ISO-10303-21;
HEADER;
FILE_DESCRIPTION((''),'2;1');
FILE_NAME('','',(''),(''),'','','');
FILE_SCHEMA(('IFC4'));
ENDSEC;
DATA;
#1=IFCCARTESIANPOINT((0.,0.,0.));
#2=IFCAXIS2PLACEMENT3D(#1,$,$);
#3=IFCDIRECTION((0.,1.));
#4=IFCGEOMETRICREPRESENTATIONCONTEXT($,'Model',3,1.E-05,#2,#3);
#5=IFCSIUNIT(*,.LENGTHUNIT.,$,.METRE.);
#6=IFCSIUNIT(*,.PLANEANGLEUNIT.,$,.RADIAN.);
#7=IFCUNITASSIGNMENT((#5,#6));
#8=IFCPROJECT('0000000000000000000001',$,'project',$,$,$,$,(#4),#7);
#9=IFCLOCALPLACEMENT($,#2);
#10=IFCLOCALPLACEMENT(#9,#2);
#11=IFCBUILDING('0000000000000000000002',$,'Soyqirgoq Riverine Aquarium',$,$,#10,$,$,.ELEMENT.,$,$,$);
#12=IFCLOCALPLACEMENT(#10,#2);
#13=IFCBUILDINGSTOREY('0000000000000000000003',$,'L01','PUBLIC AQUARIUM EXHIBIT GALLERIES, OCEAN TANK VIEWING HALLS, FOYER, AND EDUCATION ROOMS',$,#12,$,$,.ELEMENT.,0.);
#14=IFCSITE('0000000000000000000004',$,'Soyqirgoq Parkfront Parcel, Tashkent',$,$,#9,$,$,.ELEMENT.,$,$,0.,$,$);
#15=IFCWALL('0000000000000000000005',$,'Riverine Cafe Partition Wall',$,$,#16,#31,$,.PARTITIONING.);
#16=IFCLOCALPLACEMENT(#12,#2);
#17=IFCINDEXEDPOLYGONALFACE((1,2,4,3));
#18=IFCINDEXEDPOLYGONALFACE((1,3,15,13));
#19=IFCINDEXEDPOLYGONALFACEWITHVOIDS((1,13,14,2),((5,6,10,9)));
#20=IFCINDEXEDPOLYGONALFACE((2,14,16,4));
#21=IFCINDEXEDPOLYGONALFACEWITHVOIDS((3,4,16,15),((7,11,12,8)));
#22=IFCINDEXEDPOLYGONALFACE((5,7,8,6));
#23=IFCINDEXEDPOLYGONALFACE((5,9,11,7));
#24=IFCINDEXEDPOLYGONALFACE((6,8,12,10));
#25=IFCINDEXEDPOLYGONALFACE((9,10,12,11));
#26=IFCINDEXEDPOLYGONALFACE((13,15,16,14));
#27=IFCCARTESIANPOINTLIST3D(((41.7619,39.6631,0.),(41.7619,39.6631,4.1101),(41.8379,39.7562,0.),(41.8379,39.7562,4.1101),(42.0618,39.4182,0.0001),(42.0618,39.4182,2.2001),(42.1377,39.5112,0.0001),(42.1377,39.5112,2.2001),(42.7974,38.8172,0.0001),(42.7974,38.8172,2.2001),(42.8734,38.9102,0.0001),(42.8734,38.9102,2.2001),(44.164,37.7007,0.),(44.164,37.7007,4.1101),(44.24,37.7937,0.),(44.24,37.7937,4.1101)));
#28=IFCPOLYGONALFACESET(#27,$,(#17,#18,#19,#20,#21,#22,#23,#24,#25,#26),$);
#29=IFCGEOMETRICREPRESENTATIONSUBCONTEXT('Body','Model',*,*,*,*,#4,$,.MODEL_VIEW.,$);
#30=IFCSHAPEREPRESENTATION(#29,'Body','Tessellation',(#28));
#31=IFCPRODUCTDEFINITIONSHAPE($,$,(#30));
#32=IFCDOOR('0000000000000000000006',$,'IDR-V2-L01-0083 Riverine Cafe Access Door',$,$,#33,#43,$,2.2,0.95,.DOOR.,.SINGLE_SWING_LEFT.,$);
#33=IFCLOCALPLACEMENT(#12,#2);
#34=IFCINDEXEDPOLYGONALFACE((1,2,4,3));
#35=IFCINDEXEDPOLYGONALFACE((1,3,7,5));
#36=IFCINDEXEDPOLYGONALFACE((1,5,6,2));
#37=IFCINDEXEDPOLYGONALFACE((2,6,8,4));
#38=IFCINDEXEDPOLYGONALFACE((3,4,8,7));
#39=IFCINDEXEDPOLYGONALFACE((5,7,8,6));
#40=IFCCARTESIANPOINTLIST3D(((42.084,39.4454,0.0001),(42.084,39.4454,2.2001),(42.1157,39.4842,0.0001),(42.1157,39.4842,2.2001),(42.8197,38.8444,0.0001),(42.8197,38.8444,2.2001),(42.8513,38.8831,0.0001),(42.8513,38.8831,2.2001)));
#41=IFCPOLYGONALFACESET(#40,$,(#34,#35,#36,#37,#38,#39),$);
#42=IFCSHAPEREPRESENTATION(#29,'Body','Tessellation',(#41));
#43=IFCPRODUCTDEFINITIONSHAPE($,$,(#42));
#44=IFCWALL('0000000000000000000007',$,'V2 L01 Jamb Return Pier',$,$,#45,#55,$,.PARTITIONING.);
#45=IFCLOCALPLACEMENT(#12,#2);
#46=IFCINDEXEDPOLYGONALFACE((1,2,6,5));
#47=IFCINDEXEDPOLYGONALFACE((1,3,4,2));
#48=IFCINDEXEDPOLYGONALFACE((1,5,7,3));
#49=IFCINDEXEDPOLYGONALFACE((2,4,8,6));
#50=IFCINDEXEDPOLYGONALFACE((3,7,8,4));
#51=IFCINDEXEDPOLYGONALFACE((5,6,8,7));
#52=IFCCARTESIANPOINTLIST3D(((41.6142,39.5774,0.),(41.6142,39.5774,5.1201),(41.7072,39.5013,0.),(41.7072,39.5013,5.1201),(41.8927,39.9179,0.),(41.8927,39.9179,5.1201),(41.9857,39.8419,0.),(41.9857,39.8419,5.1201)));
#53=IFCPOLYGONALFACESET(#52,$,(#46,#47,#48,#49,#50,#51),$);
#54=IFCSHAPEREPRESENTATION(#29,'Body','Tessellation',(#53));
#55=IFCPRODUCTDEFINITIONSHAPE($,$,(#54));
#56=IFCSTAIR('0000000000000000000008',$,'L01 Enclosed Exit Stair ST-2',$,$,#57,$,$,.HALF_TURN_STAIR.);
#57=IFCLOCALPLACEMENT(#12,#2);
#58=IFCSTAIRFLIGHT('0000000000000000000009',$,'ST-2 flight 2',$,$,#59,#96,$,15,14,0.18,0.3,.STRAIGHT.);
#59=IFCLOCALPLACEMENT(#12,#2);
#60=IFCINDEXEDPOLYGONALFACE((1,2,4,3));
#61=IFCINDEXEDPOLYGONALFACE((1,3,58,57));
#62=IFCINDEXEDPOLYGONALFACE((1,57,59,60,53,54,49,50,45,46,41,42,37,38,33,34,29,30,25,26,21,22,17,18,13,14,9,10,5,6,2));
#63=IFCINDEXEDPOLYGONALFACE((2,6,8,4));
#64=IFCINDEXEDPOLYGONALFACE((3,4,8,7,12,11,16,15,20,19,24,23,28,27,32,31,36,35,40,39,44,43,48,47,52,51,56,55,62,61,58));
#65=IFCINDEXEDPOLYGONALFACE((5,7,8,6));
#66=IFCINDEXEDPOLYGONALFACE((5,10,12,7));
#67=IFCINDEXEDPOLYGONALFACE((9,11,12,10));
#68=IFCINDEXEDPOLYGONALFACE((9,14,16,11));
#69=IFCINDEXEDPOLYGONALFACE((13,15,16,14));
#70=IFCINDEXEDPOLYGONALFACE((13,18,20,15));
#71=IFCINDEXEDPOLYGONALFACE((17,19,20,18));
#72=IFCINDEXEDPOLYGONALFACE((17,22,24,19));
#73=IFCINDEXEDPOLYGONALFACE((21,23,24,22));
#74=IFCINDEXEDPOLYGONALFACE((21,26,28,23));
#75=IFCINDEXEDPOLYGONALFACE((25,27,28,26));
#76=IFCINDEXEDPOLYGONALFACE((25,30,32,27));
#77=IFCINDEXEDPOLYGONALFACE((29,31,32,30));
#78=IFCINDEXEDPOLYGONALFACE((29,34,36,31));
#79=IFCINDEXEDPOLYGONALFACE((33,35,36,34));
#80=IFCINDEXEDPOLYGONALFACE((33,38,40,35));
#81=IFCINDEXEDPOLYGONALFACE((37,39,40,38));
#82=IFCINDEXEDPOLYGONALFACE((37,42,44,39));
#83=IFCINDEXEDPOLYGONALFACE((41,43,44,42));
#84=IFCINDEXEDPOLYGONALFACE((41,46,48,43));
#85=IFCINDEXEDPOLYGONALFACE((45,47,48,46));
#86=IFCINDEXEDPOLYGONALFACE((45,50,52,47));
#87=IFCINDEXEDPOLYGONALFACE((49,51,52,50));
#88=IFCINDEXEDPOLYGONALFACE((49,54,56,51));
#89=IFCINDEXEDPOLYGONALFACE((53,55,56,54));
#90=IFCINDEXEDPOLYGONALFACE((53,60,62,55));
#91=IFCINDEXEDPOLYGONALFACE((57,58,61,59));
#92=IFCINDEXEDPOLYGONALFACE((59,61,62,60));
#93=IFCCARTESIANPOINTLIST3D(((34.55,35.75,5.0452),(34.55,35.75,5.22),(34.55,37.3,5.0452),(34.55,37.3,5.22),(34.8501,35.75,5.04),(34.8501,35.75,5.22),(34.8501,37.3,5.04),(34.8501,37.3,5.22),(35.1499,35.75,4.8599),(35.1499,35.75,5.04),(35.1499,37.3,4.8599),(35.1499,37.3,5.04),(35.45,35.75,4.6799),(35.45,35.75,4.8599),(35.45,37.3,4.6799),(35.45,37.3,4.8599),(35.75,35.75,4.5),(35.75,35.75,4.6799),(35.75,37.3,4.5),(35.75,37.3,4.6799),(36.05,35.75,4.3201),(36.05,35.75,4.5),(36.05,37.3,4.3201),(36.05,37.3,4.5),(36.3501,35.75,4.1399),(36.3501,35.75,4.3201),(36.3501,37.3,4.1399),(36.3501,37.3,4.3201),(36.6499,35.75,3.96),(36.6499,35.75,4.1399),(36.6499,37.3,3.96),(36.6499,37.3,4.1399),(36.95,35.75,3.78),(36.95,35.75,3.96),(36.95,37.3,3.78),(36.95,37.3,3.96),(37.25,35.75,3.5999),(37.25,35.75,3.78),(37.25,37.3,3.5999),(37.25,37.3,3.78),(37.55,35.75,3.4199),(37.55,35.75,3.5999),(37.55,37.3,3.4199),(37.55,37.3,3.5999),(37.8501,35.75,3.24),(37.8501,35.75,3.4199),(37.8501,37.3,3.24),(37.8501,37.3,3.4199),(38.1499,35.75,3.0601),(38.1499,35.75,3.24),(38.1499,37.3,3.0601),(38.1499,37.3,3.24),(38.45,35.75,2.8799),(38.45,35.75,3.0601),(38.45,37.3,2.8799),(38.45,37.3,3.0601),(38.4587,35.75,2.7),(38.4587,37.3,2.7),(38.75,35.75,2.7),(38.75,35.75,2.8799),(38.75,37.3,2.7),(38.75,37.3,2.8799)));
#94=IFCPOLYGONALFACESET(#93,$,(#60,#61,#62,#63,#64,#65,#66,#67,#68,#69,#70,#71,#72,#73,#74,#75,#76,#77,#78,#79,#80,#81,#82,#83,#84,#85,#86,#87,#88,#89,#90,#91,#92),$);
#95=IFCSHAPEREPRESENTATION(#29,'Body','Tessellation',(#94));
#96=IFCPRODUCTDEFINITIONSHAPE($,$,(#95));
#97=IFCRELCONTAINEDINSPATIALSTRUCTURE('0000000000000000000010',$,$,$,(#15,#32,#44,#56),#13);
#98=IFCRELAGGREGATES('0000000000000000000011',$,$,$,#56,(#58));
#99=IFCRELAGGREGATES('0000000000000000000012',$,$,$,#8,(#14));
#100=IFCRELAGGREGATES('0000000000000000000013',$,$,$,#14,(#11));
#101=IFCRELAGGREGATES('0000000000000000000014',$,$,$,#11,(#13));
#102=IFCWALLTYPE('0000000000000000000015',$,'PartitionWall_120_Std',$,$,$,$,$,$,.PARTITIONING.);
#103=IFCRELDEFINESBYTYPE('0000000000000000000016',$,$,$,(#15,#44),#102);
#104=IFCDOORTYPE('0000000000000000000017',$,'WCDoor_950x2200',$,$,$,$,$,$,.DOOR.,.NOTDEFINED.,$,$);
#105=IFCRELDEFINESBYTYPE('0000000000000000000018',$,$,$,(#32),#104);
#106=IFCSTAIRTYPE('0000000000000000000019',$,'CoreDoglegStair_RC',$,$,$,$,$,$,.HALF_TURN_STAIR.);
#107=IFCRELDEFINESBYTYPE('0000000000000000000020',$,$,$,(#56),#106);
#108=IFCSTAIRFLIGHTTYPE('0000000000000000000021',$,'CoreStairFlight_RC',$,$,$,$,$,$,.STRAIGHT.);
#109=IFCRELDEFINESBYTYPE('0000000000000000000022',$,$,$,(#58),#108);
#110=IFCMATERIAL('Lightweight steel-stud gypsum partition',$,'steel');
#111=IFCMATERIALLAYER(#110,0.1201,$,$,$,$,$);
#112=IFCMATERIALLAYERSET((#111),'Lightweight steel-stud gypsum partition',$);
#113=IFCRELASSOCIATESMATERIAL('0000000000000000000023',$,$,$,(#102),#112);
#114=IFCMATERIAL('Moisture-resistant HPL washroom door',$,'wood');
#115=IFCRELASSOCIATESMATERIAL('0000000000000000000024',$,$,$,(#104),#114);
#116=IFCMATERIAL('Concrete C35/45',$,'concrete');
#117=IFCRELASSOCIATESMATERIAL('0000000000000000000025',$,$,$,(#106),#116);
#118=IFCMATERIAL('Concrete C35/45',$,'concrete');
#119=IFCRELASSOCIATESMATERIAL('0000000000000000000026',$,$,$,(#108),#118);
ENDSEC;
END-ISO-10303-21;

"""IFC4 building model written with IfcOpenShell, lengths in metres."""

from ifc_helpers import new_model, si_unit, direction, frame, frame_2d, origin, place, context, subcontext, project, spatial, polyline, rectangle, outline, extrude, material, layer, layer_set, type_object, element, fill, aggregate, save


model = new_model("IFC4")

# Units and contexts
model_context = context("Model", 3, precision=1e-05, world=origin(), true_north=direction((0.0, 1.0)))
body_context = subcontext(model_context, "Body", "Model", "MODEL_VIEW")
ifc_project = project(units=[si_unit("LENGTHUNIT", "METRE"), si_unit("PLANEANGLEUNIT", "RADIAN")], contexts=[model_context])

# Site, building, storey
site_placement = place(None, origin())
site = spatial("IfcSite", under=ifc_project, at=site_placement, Name="Soyqirgoq Parkfront Parcel, Tashkent", CompositionType="ELEMENT", RefElevation=0.0)
building_placement = place(site_placement, origin())
building = spatial("IfcBuilding", under=site, at=building_placement, Name="Soyqirgoq Riverine Aquarium", CompositionType="ELEMENT")
storey_placement = place(building_placement, origin())
storey = spatial("IfcBuildingStorey", under=building, at=storey_placement, Name="L01", Description="PUBLIC AQUARIUM EXHIBIT GALLERIES, OCEAN TANK VIEWING HALLS, FOYER, AND EDUCATION ROOMS", CompositionType="ELEMENT", Elevation=0.0)

# Wall, opening, door
ifc_material_1 = material(Name="Lightweight steel-stud gypsum partition", Category="steel")
ifc_layer_1 = layer(ifc_material_1, 0.1201)
ifc_layer_set_1 = layer_set([ifc_layer_1], Name="Lightweight steel-stud gypsum partition")
wall_type_1 = type_object("IfcWallType", Name="PartitionWall_120_Std", PredefinedType="PARTITIONING", material=ifc_layer_set_1)
wall_1_placement = place(storey_placement, frame((44.2019, 37.7473, 0.0), z_axis=(0.0, 0.0, 1.0), x_axis=(-0.774424, 0.632668, 0.0)))
wall_1 = element("IfcWall", 1, at=wall_1_placement, inside=storey, type_object=wall_type_1, Name="Riverine Cafe Partition Wall", PredefinedType="PARTITIONING", context=body_context, shape_type="SweptSolid", body=[
    extrude(rectangle(XDim=3.1018, YDim=0.1201, at=frame_2d((1.5508, 0.0))), origin(), (0.0, 0.0, 1.0), 4.1101),
])
opening_1_placement = place(wall_1_placement, frame((1.7644, 0.0, 0.0)))
opening_1 = element("IfcOpeningElement", 2, at=opening_1_placement, cuts=wall_1, PredefinedType="OPENING", context=body_context, shape_type="SweptSolid", body=[
    extrude(rectangle(XDim=0.95, YDim=2.2, at=frame_2d((0.4751, 1.1001))), frame((0.0, 0.0701, 0.0), z_axis=(0.0, -1.0, 0.0), x_axis=(1.0, 0.0, 0.0)), (0.0, 0.0, 1.0), 0.1401),
])
ifc_material_2 = material(Name="Moisture-resistant HPL washroom door", Category="wood")
door_type_1 = type_object("IfcDoorType", Name="WCDoor_950x2200", OperationType="NOTDEFINED", PredefinedType="DOOR", material=ifc_material_2)
door_1_placement = place(opening_1_placement, origin())
door_1 = element("IfcDoor", 3, at=door_1_placement, inside=storey, type_object=door_type_1, Name="IDR-V2-L01-0083 Riverine Cafe Access Door", OperationType="SINGLE_SWING_LEFT", OverallHeight=2.2, OverallWidth=0.95, PredefinedType="DOOR", context=body_context, shape_type="SweptSolid", body=[
    extrude(rectangle(XDim=0.95, YDim=2.2, at=frame_2d((0.4751, 1.1001))), frame((0.0, 0.0249, 0.0), z_axis=(0.0, -1.0, 0.0), x_axis=(1.0, 0.0, 0.0)), (0.0, 0.0, 1.0), 0.05),
])
fill(opening_1, door_1)

# Wall
wall_2_placement = place(storey_placement, frame((41.9392, 39.8799, 0.0), z_axis=(0.0, 0.0, 1.0), x_axis=(-0.633117, -0.774056, 0.0)))
element("IfcWall", 4, at=wall_2_placement, inside=storey, type_object=wall_type_1, Name="V2 L01 Jamb Return Pier", PredefinedType="PARTITIONING", context=body_context, shape_type="SweptSolid", body=[
    extrude(rectangle(XDim=0.4399, YDim=0.1201, at=frame_2d((0.22, 0.0))), origin(), (0.0, 0.0, 1.0), 5.1201),
])

# Stair, stair flight
ifc_material_3 = material(Name="Concrete C35/45", Category="concrete")
stair_type = type_object("IfcStairType", Name="CoreDoglegStair_RC", PredefinedType="HALF_TURN_STAIR", material=ifc_material_3)
stair_placement = place(storey_placement, origin())
stair = element("IfcStair", 5, at=stair_placement, inside=storey, type_object=stair_type, Name="L01 Enclosed Exit Stair ST-2", PredefinedType="HALF_TURN_STAIR")
ifc_material_4 = material(Name="Concrete C35/45", Category="concrete")
stair_flight_type = type_object("IfcStairFlightType", Name="CoreStairFlight_RC", PredefinedType="STRAIGHT", material=ifc_material_4)
stair_flight_placement = place(storey_placement, frame((38.75, 36.5249, 2.7), z_axis=(0.0, 0.0, 1.0), x_axis=(-1.0, 0.0, 0.0)))
stair_flight = element("IfcStairFlight", 6, at=stair_flight_placement, type_object=stair_flight_type, Name="ST-2 flight 2", NumberOfRisers=15, NumberOfTreads=14, PredefinedType="STRAIGHT", RiserHeight=0.18, TreadLength=0.3, context=body_context, shape_type="SweptSolid", body=[
    extrude(outline(polyline([(0.0, 0.0), (0.0, 0.1799), (0.3, 0.1799), (0.3, 0.3601), (0.6001, 0.3601), (0.6001, 0.54), (0.8999, 0.54), (0.8999, 0.72), (1.2, 0.72), (1.2, 0.8999), (1.5, 0.8999), (1.5, 1.0801), (1.8, 1.0801), (1.8, 1.26), (2.1001, 1.26), (2.1001, 1.4399), (2.3999, 1.4399), (2.3999, 1.6201), (2.7, 1.6201), (2.7, 1.8), (3.0, 1.8), (3.0, 1.98), (3.3, 1.98), (3.3, 2.1599), (3.6001, 2.1599), (3.6001, 2.3401), (3.8999, 2.3401), (3.8999, 2.52), (4.2, 2.52), (4.2, 2.7), (4.2, 2.3452), (0.2913, 0.0), (0.0, 0.0)])), frame((0.0, 0.7749, 0.0), z_axis=(0.0, -1.0, 0.0), x_axis=(1.0, 0.0, 0.0)), (0.0, 0.0, 1.0), 1.55),
])
aggregate(stair, [stair_flight])

save(model, "model.ifc")
